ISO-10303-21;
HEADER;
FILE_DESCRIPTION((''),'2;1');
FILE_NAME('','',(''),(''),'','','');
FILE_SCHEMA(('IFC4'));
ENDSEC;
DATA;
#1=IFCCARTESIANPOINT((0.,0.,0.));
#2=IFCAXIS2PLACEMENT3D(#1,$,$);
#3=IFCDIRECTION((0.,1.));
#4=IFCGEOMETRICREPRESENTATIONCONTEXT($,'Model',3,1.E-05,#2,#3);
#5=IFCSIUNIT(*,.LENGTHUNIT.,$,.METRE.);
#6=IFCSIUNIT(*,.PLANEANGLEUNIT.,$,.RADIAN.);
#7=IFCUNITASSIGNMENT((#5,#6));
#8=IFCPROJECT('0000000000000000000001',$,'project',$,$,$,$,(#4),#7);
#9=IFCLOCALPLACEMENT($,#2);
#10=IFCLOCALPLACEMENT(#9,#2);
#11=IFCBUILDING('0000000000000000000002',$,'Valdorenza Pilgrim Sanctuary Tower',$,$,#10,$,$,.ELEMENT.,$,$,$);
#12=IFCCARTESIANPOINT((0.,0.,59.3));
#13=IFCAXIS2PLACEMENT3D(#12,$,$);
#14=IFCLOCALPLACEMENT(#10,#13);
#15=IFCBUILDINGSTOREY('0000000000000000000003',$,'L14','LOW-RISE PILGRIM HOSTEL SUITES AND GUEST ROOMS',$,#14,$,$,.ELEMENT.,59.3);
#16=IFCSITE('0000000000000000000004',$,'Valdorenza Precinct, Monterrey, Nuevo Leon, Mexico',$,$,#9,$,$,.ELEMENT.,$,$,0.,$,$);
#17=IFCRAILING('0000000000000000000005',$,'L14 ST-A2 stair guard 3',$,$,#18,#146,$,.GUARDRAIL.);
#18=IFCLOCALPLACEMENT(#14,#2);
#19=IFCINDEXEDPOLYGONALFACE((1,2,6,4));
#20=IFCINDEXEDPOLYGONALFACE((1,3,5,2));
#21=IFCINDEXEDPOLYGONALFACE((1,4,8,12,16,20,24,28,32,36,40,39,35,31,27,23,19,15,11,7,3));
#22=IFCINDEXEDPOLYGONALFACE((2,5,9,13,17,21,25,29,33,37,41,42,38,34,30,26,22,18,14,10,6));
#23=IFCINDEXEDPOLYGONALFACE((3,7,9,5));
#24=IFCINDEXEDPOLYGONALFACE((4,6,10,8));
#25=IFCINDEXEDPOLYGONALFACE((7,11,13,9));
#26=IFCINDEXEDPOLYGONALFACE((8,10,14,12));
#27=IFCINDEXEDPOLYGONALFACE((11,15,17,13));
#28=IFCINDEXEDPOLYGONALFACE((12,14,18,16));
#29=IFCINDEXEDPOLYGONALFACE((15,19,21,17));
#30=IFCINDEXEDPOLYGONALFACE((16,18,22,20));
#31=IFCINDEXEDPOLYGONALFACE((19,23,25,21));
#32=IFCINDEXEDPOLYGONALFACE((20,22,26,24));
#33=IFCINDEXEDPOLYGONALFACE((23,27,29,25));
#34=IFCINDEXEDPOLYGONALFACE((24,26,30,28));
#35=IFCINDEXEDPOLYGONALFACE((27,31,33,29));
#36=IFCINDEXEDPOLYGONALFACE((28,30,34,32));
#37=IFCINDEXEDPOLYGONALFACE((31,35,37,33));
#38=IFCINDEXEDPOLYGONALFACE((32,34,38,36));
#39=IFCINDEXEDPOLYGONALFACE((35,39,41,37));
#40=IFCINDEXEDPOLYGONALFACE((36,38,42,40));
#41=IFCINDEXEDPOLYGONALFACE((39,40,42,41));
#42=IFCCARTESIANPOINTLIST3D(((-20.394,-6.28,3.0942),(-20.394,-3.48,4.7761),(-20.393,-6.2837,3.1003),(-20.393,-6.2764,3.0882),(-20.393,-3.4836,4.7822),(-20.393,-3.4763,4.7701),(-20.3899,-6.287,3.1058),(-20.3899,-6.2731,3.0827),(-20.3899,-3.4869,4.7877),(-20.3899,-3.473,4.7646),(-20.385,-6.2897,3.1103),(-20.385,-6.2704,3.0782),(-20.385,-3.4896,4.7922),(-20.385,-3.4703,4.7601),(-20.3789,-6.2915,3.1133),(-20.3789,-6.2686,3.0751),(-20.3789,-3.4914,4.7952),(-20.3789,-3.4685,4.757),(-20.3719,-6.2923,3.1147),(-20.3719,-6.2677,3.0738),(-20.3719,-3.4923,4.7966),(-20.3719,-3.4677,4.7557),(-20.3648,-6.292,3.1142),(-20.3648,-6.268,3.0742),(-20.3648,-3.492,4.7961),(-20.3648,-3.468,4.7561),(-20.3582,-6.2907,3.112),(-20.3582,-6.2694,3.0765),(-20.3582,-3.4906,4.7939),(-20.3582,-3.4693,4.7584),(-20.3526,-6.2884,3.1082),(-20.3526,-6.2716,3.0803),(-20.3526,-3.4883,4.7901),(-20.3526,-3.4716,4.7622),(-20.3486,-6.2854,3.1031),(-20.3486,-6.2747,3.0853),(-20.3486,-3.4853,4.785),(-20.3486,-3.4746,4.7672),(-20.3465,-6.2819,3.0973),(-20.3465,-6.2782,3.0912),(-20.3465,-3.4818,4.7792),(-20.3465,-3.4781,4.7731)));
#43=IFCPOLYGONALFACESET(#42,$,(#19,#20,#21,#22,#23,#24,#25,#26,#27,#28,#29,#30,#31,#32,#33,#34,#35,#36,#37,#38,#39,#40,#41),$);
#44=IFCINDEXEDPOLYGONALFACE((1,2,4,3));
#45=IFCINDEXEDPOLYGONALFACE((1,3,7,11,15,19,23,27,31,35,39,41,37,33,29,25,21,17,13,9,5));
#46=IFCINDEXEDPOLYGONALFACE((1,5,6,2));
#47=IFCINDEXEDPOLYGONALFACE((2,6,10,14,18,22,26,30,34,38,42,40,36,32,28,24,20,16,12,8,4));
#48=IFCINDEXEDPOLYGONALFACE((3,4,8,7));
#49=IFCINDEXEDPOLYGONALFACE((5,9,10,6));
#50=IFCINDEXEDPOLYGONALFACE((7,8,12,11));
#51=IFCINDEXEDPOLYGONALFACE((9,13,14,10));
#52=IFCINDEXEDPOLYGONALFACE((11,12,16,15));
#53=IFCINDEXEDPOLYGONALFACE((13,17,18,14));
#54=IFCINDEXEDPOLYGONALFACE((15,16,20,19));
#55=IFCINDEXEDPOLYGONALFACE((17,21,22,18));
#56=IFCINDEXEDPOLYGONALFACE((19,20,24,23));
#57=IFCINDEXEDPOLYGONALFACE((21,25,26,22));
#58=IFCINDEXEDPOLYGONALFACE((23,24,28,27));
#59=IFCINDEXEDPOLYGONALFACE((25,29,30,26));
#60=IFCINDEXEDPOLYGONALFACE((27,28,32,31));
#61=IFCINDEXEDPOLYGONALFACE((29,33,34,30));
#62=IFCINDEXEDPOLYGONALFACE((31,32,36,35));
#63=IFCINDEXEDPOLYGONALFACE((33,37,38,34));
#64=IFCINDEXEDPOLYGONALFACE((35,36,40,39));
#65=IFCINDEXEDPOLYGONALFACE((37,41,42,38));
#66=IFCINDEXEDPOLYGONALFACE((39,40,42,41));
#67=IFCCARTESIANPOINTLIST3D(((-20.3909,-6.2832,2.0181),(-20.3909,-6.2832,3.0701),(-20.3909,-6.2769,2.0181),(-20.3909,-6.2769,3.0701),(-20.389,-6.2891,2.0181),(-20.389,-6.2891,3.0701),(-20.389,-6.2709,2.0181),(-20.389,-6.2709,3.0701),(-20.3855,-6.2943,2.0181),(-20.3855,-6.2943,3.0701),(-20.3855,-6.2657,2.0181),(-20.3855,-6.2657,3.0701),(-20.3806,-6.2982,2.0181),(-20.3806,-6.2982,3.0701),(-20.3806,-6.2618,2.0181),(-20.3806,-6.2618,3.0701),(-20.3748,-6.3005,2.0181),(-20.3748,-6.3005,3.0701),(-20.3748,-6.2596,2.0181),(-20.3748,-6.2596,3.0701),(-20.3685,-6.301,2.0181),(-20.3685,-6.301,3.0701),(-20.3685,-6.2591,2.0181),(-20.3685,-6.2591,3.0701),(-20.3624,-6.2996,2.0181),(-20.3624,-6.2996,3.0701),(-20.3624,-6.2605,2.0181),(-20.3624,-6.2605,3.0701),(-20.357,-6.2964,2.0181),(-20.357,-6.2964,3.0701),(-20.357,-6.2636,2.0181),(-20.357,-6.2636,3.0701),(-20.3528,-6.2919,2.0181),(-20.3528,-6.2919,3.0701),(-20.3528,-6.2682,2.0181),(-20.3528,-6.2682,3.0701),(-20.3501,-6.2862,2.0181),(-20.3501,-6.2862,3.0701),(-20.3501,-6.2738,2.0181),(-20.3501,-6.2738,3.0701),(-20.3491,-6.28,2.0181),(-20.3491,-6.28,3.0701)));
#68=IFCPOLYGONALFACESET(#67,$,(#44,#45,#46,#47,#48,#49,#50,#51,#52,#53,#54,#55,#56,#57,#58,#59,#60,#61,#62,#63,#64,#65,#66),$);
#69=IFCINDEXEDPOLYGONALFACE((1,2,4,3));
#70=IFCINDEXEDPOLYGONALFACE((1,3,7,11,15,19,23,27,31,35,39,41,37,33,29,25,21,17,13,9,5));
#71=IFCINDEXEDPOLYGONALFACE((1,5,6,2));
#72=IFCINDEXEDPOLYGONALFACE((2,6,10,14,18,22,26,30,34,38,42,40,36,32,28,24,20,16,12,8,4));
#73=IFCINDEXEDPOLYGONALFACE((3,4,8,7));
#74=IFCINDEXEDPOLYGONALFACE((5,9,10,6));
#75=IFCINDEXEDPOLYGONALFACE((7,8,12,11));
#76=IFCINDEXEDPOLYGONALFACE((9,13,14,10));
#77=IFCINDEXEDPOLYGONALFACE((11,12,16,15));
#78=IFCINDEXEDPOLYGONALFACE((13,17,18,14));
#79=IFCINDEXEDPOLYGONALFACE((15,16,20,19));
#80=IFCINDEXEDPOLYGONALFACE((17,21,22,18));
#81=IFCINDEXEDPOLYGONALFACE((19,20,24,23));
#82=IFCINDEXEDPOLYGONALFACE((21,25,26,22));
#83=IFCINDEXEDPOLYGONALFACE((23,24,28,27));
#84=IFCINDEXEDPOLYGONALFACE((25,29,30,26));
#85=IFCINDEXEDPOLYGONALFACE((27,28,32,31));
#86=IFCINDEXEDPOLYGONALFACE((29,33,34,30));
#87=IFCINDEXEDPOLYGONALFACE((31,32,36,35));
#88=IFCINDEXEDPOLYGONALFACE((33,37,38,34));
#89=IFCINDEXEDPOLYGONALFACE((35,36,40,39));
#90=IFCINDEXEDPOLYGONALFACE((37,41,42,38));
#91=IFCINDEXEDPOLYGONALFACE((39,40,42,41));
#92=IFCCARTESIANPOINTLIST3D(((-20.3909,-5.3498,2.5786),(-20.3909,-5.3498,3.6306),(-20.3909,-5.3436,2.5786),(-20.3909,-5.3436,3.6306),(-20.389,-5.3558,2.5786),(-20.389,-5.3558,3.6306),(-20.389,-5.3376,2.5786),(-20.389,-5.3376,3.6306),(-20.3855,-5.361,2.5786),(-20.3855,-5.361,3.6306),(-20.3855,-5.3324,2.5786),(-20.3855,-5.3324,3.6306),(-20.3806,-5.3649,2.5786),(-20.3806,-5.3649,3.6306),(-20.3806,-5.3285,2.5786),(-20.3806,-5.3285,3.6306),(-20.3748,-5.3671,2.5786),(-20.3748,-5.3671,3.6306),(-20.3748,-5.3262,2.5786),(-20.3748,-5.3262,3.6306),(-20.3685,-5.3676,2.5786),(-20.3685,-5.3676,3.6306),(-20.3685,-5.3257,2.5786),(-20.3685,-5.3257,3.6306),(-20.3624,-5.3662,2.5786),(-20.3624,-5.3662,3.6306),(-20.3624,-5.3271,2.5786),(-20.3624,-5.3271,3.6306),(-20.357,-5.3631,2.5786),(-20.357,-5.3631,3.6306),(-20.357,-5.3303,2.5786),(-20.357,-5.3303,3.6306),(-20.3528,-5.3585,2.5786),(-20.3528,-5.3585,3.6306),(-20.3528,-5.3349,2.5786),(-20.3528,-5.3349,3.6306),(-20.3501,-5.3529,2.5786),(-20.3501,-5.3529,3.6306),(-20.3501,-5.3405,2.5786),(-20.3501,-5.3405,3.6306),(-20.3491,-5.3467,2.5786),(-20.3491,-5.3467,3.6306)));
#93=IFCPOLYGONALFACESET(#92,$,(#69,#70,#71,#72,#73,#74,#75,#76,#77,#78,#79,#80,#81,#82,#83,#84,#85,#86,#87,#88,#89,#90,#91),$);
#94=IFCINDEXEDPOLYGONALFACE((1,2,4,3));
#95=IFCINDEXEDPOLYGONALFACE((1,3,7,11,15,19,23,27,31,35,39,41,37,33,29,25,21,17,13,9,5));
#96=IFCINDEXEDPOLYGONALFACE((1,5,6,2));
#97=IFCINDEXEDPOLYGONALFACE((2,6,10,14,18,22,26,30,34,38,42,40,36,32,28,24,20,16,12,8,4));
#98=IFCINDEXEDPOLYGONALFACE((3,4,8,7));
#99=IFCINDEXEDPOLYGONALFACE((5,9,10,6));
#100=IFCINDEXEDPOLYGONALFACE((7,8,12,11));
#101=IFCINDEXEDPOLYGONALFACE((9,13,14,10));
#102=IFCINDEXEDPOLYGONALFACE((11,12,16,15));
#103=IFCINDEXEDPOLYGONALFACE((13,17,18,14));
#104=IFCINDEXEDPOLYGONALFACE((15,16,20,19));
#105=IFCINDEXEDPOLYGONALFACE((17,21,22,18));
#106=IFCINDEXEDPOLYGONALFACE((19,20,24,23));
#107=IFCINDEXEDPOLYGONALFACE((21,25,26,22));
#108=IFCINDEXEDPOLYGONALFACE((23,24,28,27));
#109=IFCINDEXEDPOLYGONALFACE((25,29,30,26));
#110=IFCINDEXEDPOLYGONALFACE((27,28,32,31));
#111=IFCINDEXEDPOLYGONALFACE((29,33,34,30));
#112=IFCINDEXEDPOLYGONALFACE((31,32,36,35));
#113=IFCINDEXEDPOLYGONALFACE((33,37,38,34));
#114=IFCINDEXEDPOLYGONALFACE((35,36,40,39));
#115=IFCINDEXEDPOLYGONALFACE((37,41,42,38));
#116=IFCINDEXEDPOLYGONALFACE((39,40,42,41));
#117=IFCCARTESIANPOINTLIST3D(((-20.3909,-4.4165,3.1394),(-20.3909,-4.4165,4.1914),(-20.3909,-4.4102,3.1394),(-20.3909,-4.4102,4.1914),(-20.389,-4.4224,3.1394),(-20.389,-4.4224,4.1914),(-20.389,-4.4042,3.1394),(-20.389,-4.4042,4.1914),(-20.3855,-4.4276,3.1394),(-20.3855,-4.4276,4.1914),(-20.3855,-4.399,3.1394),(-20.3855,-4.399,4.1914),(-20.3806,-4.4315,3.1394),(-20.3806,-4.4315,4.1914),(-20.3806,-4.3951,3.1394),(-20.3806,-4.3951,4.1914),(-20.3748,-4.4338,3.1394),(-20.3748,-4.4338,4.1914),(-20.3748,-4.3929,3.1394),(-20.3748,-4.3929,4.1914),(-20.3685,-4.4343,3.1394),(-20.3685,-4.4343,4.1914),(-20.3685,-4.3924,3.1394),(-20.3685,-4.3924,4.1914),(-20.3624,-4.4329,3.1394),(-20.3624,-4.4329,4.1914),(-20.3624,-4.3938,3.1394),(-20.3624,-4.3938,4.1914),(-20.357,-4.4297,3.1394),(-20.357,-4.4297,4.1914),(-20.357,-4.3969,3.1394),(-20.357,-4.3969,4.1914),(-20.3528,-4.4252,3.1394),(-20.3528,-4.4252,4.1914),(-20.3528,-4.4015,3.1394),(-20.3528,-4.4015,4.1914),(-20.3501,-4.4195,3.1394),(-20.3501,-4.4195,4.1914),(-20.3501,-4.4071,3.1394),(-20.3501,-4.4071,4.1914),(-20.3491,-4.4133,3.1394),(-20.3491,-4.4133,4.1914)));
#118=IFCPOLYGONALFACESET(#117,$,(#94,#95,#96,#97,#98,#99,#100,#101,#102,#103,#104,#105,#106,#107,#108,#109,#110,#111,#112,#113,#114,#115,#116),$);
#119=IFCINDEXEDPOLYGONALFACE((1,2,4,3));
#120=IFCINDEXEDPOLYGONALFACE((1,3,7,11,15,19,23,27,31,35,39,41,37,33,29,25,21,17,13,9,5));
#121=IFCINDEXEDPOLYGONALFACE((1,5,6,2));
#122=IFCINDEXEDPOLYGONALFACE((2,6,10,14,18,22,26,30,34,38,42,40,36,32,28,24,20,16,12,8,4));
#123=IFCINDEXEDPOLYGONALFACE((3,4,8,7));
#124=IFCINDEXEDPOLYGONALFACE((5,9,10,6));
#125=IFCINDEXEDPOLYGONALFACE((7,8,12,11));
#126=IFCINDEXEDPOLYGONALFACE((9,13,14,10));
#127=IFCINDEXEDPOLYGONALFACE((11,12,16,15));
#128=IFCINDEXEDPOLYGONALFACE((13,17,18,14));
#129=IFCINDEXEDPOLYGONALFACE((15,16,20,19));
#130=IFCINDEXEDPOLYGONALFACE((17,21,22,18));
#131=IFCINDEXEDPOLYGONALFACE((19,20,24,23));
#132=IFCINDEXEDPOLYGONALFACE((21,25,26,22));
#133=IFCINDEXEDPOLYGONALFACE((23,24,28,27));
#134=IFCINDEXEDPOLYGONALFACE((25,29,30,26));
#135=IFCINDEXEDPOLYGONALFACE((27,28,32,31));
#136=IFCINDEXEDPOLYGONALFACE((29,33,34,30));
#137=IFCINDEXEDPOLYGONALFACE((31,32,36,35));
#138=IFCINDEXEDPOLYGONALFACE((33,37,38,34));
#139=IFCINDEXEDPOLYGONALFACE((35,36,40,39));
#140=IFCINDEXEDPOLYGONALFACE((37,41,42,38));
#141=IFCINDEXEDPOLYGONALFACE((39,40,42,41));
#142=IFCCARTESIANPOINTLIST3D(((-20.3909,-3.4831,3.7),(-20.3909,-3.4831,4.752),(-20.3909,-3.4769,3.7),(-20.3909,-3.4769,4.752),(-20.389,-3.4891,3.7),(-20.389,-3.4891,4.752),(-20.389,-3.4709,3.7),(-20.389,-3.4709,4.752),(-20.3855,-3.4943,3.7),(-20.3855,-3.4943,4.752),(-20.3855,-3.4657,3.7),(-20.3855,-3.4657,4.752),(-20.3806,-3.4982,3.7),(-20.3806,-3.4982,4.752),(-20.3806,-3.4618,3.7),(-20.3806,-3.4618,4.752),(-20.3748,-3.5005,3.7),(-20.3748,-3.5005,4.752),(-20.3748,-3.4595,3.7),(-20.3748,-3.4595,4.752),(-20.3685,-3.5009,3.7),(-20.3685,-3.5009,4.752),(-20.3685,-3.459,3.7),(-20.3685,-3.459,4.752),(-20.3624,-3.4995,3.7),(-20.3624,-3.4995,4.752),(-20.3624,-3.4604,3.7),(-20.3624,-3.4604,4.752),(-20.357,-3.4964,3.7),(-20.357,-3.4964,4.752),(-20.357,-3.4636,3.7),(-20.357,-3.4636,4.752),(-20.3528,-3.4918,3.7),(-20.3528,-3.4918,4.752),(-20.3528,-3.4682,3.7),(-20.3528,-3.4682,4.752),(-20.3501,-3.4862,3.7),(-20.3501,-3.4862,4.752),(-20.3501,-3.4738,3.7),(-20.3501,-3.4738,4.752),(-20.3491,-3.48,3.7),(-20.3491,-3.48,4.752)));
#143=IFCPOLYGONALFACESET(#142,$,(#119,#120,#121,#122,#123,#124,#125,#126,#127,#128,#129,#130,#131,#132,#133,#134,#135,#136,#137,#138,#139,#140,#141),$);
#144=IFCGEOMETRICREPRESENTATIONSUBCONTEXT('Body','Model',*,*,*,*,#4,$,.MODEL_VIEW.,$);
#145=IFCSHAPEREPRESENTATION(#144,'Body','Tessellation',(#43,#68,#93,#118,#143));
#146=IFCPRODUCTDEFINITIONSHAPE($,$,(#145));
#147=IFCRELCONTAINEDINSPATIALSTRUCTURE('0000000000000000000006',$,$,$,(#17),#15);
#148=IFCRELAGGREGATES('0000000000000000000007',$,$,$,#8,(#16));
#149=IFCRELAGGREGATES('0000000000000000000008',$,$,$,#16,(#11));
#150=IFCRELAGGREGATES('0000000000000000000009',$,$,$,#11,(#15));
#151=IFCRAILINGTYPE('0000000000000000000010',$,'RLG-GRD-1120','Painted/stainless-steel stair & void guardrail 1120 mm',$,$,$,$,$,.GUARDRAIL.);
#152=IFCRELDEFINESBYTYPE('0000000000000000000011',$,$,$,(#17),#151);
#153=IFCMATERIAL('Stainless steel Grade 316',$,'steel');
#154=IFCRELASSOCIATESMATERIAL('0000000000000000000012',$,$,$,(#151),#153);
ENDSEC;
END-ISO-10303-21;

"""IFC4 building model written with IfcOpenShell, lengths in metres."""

from ifc_helpers import new_model, si_unit, direction, frame, origin, origin_2d, place, context, subcontext, project, spatial, circle, extrude, material, type_object, element, save


model = new_model("IFC4")

# Units and contexts
model_context = context("Model", 3, precision=1e-05, world=origin(), true_north=direction((0.0, 1.0)))
body_context = subcontext(model_context, "Body", "Model", "MODEL_VIEW")
ifc_project = project(units=[si_unit("LENGTHUNIT", "METRE"), si_unit("PLANEANGLEUNIT", "RADIAN")], contexts=[model_context])

# Site, building, storey
site_placement = place(None, origin())
site = spatial("IfcSite", under=ifc_project, at=site_placement, Name="Valdorenza Precinct, Monterrey, Nuevo Leon, Mexico", CompositionType="ELEMENT", RefElevation=0.0)
building_placement = place(site_placement, origin())
building = spatial("IfcBuilding", under=site, at=building_placement, Name="Valdorenza Pilgrim Sanctuary Tower", CompositionType="ELEMENT")
storey_placement = place(building_placement, frame((0.0, 0.0, 59.3)))
storey = spatial("IfcBuildingStorey", under=building, at=storey_placement, Name="L14", Description="LOW-RISE PILGRIM HOSTEL SUITES AND GUEST ROOMS", CompositionType="ELEMENT", Elevation=59.3)

# Railing
ifc_material_1 = material(Name="Stainless steel Grade 316", Category="steel")
railing_type_1 = type_object("IfcRailingType", Name="RLG-GRD-1120", Description="Painted/stainless-steel stair & void guardrail 1120 mm", PredefinedType="GUARDRAIL", material=ifc_material_1)
railing_1_placement = place(storey_placement, frame((-20.3701, -6.28, 2.0181)))
element("IfcRailing", 1, at=railing_1_placement, inside=storey, type_object=railing_type_1, Name="L14 ST-A2 stair guard 3", PredefinedType="GUARDRAIL", context=body_context, shape_type="SweptSolid", body=[
    extrude(circle(Radius=0.0239, at=origin_2d()), frame((0.0, 0.0, 1.0762), z_axis=(0.0, 0.857242, 0.514913), x_axis=(-1.0, 0.0, 0.0)), (0.0, 0.0, 1.0), 3.2664),
    extrude(circle(Radius=0.021, at=origin_2d()), origin(), (0.0, 0.0, 1.0), 1.052),
    extrude(circle(Radius=0.021, at=origin_2d()), frame((0.0, 0.9333, 0.5605)), (0.0, 0.0, 1.0), 1.052),
    extrude(circle(Radius=0.021, at=origin_2d()), frame((0.0, 1.8667, 1.1213)), (0.0, 0.0, 1.0), 1.052),
    extrude(circle(Radius=0.021, at=origin_2d()), frame((0.0, 2.8, 1.6819)), (0.0, 0.0, 1.0), 1.052),
])

save(model, "model.ifc")
